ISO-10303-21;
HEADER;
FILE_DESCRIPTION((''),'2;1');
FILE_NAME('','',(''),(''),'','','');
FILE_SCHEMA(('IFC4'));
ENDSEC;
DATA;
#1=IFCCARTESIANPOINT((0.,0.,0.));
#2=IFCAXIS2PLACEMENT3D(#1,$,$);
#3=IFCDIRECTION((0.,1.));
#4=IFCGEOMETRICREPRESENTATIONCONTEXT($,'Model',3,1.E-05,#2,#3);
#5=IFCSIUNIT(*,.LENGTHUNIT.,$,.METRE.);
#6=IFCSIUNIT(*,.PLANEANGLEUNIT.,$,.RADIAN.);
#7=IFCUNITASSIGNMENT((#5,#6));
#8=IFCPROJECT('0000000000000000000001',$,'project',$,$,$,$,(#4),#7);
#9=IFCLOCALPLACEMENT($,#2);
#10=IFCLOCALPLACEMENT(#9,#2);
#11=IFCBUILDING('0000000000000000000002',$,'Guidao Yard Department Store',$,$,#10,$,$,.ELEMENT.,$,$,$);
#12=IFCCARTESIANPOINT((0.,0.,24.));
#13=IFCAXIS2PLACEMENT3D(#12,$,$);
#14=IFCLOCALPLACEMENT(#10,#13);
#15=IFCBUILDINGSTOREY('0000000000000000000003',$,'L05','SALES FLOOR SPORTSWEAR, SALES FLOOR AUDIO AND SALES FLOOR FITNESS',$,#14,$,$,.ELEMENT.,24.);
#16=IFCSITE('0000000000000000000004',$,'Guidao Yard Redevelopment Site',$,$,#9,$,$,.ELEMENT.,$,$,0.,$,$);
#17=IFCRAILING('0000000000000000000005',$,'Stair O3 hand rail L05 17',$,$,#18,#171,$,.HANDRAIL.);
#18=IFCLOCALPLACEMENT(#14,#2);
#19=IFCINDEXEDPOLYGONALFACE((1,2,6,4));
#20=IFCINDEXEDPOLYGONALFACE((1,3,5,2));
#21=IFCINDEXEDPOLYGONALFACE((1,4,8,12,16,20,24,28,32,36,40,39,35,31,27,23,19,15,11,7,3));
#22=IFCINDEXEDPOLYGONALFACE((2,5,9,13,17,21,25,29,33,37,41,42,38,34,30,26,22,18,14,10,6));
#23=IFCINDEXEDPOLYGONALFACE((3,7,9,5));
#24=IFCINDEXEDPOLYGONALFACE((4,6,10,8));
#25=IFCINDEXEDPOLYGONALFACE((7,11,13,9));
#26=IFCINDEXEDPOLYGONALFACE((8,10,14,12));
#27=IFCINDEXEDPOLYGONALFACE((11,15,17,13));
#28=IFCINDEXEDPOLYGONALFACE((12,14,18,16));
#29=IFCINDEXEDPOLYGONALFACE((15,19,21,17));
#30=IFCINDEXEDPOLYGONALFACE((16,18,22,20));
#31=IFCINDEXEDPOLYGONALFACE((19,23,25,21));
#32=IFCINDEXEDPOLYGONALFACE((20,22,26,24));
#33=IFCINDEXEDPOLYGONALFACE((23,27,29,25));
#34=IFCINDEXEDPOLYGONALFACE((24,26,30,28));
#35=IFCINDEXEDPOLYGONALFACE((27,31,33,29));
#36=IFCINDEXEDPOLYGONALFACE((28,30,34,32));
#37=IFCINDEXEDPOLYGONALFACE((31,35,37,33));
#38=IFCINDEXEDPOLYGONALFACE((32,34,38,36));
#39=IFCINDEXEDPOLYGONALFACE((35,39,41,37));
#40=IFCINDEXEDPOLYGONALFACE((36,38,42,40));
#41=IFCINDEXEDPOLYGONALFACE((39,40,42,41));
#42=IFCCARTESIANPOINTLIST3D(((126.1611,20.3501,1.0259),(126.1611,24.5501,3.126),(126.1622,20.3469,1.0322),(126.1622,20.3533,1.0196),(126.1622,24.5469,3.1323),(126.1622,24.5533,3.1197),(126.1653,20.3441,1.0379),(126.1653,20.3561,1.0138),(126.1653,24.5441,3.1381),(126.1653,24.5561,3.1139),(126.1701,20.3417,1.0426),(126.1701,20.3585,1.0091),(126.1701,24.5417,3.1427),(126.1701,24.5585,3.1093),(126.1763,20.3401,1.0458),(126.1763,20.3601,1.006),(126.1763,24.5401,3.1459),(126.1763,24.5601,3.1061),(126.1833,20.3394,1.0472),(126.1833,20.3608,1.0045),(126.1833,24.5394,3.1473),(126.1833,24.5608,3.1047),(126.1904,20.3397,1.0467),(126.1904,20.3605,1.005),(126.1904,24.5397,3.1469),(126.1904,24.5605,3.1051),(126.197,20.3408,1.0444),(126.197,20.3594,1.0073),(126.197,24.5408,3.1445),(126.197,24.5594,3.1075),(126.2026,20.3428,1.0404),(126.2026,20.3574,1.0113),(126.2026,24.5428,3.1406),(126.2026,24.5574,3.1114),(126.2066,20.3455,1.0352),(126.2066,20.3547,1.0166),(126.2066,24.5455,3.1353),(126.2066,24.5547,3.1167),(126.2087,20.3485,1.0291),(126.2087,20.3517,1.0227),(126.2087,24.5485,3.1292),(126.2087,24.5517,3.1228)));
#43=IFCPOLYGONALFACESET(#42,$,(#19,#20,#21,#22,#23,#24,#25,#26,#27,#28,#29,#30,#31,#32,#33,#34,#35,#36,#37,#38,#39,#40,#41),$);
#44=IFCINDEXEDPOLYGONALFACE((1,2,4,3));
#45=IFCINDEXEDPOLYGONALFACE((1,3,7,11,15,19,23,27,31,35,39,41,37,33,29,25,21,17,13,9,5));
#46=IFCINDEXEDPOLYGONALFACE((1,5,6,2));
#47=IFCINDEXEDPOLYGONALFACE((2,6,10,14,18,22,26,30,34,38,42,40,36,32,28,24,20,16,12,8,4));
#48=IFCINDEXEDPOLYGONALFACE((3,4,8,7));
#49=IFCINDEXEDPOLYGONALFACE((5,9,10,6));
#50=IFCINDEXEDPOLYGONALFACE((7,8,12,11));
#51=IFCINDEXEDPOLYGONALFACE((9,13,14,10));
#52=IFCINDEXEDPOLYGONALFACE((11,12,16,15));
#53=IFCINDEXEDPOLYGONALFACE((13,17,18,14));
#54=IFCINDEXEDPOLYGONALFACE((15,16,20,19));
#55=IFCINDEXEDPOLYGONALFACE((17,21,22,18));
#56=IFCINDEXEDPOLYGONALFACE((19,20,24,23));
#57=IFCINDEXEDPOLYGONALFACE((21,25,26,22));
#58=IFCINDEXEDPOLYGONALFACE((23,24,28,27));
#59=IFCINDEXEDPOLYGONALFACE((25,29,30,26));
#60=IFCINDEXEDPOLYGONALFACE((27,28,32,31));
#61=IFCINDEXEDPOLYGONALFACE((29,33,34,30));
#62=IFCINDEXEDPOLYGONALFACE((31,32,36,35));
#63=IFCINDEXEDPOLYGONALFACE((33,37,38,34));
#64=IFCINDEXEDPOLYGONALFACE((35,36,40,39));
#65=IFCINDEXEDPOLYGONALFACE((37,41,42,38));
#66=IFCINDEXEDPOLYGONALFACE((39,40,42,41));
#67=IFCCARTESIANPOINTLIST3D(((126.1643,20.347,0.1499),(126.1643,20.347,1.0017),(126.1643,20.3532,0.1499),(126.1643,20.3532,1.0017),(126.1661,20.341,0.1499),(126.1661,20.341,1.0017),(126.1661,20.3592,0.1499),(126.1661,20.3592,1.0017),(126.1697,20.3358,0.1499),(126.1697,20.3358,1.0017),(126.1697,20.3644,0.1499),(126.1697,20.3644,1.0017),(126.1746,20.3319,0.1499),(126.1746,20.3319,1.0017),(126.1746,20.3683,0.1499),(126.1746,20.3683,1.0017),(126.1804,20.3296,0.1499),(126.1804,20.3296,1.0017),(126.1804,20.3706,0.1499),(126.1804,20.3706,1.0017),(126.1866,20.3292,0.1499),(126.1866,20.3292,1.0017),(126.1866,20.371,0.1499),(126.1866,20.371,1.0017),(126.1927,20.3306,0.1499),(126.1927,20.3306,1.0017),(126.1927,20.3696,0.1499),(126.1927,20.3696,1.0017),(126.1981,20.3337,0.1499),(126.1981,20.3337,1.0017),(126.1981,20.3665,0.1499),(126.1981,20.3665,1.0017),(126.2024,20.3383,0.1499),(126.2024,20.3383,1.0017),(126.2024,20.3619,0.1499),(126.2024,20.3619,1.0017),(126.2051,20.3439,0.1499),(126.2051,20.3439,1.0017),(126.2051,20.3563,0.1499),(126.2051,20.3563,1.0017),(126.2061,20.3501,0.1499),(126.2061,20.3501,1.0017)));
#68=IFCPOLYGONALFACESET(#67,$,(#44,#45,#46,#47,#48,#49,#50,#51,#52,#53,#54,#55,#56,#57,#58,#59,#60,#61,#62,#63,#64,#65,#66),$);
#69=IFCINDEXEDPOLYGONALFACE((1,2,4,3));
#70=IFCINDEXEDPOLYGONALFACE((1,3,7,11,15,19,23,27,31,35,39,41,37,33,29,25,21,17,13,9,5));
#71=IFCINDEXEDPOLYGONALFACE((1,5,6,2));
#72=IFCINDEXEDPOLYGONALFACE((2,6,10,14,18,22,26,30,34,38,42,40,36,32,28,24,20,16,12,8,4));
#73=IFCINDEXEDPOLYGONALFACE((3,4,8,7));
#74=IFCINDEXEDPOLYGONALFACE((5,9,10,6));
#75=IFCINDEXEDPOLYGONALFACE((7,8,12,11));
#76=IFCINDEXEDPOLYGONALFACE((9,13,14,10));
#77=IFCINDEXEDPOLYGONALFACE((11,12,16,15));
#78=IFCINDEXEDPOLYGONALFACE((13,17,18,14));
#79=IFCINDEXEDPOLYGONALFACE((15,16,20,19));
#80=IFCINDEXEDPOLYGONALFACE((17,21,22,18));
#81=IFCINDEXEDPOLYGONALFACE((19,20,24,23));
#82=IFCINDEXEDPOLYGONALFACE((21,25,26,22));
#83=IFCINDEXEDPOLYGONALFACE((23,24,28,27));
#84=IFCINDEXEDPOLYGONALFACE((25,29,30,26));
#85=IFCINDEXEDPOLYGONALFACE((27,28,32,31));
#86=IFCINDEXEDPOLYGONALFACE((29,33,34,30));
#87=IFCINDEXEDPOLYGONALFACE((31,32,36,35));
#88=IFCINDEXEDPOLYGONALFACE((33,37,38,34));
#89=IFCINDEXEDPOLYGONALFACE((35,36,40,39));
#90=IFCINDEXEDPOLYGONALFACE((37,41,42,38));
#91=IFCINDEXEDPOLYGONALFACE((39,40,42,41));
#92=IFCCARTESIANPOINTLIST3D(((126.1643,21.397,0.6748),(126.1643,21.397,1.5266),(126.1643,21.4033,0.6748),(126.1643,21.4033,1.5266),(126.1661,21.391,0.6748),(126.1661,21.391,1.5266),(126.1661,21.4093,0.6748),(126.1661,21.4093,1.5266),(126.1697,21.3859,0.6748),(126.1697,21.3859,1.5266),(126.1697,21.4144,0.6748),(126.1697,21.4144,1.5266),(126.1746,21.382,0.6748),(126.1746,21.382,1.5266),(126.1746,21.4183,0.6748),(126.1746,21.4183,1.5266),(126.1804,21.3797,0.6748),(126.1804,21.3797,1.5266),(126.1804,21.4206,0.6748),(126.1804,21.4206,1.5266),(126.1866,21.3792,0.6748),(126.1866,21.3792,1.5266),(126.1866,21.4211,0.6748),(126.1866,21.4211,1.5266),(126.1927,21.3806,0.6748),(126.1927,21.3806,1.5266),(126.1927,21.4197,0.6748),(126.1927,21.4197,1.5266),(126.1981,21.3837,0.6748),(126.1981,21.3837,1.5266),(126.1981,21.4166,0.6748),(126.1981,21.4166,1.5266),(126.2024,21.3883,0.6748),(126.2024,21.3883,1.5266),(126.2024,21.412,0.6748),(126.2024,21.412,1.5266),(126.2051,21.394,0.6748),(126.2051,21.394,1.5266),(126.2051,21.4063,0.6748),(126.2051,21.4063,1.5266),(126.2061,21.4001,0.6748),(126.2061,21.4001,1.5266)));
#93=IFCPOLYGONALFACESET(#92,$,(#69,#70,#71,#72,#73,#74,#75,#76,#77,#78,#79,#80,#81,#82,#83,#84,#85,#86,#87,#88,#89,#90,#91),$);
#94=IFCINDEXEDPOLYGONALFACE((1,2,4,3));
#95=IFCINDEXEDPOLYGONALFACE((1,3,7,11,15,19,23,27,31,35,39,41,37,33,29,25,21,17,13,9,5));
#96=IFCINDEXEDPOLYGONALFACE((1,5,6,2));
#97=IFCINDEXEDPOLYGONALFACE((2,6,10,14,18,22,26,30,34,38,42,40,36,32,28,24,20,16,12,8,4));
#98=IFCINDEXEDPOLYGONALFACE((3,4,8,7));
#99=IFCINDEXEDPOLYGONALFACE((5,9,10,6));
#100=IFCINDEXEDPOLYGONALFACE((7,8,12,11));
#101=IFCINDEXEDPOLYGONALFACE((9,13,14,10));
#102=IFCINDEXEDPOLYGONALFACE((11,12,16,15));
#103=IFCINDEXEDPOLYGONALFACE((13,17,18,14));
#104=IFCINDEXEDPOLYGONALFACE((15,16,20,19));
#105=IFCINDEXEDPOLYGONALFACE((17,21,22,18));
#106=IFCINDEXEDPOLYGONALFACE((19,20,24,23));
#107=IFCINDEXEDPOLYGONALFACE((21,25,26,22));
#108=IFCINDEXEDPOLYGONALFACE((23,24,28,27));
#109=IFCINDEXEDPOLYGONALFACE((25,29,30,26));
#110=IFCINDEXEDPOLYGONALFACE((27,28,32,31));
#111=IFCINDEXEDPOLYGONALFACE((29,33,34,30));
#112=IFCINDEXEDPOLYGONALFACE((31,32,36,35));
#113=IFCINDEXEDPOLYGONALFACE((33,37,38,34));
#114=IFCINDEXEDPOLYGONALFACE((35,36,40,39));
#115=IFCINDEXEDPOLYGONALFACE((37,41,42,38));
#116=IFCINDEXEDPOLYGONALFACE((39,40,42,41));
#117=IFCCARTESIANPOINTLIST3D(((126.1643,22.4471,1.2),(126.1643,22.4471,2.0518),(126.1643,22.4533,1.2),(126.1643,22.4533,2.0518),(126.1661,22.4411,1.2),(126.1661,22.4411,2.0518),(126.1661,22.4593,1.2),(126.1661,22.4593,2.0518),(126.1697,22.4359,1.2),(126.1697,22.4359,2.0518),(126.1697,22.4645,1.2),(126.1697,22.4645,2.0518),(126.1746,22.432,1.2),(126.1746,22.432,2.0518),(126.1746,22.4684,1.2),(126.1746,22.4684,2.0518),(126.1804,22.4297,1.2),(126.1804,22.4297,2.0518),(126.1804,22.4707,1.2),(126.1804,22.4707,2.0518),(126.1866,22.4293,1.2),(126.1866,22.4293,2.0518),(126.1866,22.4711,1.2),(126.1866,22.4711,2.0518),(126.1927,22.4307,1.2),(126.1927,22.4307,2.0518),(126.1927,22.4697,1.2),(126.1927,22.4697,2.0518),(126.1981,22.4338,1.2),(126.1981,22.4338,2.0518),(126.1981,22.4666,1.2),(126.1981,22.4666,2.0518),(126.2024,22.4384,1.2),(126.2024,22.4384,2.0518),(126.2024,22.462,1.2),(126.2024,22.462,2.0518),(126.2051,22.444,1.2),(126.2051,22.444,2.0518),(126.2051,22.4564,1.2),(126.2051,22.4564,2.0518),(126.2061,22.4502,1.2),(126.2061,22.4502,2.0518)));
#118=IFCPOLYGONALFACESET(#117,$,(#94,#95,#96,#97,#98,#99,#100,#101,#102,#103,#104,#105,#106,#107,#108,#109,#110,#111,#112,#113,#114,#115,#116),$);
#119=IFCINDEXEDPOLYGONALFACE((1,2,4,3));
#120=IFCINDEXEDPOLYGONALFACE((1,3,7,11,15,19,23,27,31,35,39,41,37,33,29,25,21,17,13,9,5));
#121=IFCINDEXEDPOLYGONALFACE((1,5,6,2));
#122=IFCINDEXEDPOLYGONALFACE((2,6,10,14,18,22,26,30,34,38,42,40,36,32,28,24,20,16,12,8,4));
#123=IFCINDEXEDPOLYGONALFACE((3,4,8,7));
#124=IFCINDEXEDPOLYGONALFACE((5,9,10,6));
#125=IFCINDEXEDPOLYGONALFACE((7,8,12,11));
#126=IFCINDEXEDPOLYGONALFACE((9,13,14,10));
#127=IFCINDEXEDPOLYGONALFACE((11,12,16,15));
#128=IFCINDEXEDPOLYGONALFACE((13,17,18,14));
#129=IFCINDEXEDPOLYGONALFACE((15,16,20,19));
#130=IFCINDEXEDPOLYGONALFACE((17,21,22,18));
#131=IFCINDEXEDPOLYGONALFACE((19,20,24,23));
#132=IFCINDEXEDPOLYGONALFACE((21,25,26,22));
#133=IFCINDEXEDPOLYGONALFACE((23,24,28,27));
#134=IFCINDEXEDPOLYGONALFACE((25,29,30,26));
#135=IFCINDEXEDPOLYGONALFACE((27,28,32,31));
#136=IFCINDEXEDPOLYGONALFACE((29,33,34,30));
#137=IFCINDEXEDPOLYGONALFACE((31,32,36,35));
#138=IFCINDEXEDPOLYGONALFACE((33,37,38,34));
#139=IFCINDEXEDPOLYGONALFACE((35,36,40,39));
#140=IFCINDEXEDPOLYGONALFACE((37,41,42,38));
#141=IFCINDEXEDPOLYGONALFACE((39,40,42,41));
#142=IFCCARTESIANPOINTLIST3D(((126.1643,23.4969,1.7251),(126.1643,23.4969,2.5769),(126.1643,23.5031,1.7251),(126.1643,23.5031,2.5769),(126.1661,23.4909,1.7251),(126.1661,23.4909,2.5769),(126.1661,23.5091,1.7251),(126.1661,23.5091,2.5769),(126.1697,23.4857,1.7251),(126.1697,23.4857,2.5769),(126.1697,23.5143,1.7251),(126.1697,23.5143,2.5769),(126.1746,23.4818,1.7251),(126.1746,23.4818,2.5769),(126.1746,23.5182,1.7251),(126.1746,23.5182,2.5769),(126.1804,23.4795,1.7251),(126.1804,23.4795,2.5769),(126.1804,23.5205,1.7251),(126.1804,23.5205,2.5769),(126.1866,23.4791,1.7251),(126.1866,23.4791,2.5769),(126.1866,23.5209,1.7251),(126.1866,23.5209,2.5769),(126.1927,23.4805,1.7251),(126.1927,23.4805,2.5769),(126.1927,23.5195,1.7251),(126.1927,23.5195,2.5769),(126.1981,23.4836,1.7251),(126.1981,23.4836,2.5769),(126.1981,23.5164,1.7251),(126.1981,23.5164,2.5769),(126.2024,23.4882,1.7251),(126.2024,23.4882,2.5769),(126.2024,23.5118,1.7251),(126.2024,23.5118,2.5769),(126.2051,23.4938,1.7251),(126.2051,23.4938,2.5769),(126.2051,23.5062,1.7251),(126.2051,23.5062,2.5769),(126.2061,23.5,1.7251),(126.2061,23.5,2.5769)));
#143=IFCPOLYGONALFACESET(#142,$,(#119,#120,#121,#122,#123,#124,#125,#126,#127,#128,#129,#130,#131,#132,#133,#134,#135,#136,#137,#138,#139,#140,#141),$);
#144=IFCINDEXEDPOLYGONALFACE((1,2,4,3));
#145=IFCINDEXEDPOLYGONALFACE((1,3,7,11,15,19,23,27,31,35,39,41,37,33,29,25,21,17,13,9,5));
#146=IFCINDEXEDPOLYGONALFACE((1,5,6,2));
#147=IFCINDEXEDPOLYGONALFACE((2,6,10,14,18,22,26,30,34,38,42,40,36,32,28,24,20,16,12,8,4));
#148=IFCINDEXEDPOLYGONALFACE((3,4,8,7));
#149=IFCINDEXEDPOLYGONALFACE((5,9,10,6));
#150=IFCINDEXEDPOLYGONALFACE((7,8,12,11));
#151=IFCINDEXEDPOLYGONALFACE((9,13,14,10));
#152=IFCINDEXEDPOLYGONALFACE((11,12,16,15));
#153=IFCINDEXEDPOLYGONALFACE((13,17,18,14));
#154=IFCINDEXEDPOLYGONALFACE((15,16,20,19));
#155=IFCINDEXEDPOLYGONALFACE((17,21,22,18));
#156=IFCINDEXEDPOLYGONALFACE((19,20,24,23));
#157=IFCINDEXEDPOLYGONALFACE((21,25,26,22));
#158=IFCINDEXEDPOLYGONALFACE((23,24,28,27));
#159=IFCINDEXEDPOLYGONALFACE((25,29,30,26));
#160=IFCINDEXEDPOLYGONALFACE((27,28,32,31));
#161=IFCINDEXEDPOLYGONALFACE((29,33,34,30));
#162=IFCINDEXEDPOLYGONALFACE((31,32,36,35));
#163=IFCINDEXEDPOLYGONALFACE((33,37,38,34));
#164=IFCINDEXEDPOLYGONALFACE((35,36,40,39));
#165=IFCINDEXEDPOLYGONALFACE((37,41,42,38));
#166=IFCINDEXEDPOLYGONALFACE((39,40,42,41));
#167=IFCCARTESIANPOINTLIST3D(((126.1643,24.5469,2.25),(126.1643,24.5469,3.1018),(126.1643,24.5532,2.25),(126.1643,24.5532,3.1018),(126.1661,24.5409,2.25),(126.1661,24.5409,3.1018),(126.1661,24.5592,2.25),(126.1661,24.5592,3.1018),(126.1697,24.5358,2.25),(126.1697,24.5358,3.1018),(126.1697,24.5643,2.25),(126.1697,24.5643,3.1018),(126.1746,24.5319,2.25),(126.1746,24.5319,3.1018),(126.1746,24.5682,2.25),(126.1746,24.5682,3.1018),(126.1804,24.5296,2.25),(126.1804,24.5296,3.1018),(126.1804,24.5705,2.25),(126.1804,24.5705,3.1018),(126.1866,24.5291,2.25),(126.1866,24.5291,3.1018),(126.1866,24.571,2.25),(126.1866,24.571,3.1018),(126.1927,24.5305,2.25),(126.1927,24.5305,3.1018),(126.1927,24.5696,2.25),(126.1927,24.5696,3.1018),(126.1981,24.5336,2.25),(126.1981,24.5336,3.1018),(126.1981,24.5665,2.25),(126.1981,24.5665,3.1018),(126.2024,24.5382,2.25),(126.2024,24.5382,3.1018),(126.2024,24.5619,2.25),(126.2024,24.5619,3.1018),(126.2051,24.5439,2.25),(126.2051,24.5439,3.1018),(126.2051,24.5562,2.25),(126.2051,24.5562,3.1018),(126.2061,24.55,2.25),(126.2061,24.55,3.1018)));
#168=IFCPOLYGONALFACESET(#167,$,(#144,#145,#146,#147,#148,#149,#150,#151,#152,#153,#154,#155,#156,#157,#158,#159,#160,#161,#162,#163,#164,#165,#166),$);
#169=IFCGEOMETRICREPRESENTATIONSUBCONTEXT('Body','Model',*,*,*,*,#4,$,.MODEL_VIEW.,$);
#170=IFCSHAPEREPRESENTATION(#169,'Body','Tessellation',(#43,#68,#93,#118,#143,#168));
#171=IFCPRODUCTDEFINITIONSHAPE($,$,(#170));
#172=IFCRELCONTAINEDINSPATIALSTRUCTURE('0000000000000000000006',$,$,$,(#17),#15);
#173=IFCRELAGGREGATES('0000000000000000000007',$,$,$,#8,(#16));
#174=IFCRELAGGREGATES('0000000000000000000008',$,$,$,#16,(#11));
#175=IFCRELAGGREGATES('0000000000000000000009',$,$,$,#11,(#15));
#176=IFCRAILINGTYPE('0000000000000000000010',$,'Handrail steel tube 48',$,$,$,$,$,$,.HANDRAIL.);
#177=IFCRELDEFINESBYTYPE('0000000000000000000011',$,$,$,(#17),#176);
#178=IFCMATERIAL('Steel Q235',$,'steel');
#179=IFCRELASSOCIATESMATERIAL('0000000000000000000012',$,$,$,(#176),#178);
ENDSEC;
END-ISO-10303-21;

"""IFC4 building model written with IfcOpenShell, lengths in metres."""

from ifc_helpers import new_model, si_unit, direction, frame, origin, origin_2d, place, context, subcontext, project, spatial, circle, extrude, material, type_object, element, save


model = new_model("IFC4")

# Units and contexts
model_context = context("Model", 3, precision=1e-05, world=origin(), true_north=direction((0.0, 1.0)))
body_context = subcontext(model_context, "Body", "Model", "MODEL_VIEW")
ifc_project = project(units=[si_unit("LENGTHUNIT", "METRE"), si_unit("PLANEANGLEUNIT", "RADIAN")], contexts=[model_context])

# Site, building, storey
site_placement = place(None, origin())
site = spatial("IfcSite", under=ifc_project, at=site_placement, Name="Guidao Yard Redevelopment Site", CompositionType="ELEMENT", RefElevation=0.0)
building_placement = place(site_placement, origin())
building = spatial("IfcBuilding", under=site, at=building_placement, Name="Guidao Yard Department Store", CompositionType="ELEMENT")
storey_placement = place(building_placement, frame((0.0, 0.0, 24.0)))
storey = spatial("IfcBuildingStorey", under=building, at=storey_placement, Name="L05", Description="SALES FLOOR SPORTSWEAR, SALES FLOOR AUDIO AND SALES FLOOR FITNESS", CompositionType="ELEMENT", Elevation=24.0)

# Railing
ifc_material_1 = material(Name="Steel Q235", Category="steel")
railing_type_1 = type_object("IfcRailingType", Name="Handrail steel tube 48", PredefinedType="HANDRAIL", material=ifc_material_1)
for number, where, name in (
    (1, (126.1851, 20.3501, 0.1499), "Stair O3 hand rail L05 17"),
):
    element("IfcRailing", number, at=place(storey_placement, frame(where)), inside=storey, type_object=railing_type_1, Name=name, PredefinedType="HANDRAIL", context=body_context, shape_type="SweptSolid", body=[
        extrude(circle(Radius=0.0239, at=origin_2d()), frame((0.0, 0.0, 0.876), z_axis=(0.0, 0.894417, 0.447234), x_axis=(-1.0, 0.0, 0.0)), (0.0, 0.0, 1.0), 4.6958),
        extrude(circle(Radius=0.021, at=origin_2d()), origin(), (0.0, 0.0, 1.0), 0.8518),
        extrude(circle(Radius=0.021, at=origin_2d()), frame((0.0, 1.05, 0.5249)), (0.0, 0.0, 1.0), 0.8518),
        extrude(circle(Radius=0.021, at=origin_2d()), frame((0.0, 2.1001, 1.05)), (0.0, 0.0, 1.0), 0.8518),
        extrude(circle(Radius=0.021, at=origin_2d()), frame((0.0, 3.1499, 1.5752)), (0.0, 0.0, 1.0), 0.8518),
        extrude(circle(Radius=0.021, at=origin_2d()), frame((0.0, 4.2, 2.1001)), (0.0, 0.0, 1.0), 0.8518),
    ])

save(model, "model.ifc")
